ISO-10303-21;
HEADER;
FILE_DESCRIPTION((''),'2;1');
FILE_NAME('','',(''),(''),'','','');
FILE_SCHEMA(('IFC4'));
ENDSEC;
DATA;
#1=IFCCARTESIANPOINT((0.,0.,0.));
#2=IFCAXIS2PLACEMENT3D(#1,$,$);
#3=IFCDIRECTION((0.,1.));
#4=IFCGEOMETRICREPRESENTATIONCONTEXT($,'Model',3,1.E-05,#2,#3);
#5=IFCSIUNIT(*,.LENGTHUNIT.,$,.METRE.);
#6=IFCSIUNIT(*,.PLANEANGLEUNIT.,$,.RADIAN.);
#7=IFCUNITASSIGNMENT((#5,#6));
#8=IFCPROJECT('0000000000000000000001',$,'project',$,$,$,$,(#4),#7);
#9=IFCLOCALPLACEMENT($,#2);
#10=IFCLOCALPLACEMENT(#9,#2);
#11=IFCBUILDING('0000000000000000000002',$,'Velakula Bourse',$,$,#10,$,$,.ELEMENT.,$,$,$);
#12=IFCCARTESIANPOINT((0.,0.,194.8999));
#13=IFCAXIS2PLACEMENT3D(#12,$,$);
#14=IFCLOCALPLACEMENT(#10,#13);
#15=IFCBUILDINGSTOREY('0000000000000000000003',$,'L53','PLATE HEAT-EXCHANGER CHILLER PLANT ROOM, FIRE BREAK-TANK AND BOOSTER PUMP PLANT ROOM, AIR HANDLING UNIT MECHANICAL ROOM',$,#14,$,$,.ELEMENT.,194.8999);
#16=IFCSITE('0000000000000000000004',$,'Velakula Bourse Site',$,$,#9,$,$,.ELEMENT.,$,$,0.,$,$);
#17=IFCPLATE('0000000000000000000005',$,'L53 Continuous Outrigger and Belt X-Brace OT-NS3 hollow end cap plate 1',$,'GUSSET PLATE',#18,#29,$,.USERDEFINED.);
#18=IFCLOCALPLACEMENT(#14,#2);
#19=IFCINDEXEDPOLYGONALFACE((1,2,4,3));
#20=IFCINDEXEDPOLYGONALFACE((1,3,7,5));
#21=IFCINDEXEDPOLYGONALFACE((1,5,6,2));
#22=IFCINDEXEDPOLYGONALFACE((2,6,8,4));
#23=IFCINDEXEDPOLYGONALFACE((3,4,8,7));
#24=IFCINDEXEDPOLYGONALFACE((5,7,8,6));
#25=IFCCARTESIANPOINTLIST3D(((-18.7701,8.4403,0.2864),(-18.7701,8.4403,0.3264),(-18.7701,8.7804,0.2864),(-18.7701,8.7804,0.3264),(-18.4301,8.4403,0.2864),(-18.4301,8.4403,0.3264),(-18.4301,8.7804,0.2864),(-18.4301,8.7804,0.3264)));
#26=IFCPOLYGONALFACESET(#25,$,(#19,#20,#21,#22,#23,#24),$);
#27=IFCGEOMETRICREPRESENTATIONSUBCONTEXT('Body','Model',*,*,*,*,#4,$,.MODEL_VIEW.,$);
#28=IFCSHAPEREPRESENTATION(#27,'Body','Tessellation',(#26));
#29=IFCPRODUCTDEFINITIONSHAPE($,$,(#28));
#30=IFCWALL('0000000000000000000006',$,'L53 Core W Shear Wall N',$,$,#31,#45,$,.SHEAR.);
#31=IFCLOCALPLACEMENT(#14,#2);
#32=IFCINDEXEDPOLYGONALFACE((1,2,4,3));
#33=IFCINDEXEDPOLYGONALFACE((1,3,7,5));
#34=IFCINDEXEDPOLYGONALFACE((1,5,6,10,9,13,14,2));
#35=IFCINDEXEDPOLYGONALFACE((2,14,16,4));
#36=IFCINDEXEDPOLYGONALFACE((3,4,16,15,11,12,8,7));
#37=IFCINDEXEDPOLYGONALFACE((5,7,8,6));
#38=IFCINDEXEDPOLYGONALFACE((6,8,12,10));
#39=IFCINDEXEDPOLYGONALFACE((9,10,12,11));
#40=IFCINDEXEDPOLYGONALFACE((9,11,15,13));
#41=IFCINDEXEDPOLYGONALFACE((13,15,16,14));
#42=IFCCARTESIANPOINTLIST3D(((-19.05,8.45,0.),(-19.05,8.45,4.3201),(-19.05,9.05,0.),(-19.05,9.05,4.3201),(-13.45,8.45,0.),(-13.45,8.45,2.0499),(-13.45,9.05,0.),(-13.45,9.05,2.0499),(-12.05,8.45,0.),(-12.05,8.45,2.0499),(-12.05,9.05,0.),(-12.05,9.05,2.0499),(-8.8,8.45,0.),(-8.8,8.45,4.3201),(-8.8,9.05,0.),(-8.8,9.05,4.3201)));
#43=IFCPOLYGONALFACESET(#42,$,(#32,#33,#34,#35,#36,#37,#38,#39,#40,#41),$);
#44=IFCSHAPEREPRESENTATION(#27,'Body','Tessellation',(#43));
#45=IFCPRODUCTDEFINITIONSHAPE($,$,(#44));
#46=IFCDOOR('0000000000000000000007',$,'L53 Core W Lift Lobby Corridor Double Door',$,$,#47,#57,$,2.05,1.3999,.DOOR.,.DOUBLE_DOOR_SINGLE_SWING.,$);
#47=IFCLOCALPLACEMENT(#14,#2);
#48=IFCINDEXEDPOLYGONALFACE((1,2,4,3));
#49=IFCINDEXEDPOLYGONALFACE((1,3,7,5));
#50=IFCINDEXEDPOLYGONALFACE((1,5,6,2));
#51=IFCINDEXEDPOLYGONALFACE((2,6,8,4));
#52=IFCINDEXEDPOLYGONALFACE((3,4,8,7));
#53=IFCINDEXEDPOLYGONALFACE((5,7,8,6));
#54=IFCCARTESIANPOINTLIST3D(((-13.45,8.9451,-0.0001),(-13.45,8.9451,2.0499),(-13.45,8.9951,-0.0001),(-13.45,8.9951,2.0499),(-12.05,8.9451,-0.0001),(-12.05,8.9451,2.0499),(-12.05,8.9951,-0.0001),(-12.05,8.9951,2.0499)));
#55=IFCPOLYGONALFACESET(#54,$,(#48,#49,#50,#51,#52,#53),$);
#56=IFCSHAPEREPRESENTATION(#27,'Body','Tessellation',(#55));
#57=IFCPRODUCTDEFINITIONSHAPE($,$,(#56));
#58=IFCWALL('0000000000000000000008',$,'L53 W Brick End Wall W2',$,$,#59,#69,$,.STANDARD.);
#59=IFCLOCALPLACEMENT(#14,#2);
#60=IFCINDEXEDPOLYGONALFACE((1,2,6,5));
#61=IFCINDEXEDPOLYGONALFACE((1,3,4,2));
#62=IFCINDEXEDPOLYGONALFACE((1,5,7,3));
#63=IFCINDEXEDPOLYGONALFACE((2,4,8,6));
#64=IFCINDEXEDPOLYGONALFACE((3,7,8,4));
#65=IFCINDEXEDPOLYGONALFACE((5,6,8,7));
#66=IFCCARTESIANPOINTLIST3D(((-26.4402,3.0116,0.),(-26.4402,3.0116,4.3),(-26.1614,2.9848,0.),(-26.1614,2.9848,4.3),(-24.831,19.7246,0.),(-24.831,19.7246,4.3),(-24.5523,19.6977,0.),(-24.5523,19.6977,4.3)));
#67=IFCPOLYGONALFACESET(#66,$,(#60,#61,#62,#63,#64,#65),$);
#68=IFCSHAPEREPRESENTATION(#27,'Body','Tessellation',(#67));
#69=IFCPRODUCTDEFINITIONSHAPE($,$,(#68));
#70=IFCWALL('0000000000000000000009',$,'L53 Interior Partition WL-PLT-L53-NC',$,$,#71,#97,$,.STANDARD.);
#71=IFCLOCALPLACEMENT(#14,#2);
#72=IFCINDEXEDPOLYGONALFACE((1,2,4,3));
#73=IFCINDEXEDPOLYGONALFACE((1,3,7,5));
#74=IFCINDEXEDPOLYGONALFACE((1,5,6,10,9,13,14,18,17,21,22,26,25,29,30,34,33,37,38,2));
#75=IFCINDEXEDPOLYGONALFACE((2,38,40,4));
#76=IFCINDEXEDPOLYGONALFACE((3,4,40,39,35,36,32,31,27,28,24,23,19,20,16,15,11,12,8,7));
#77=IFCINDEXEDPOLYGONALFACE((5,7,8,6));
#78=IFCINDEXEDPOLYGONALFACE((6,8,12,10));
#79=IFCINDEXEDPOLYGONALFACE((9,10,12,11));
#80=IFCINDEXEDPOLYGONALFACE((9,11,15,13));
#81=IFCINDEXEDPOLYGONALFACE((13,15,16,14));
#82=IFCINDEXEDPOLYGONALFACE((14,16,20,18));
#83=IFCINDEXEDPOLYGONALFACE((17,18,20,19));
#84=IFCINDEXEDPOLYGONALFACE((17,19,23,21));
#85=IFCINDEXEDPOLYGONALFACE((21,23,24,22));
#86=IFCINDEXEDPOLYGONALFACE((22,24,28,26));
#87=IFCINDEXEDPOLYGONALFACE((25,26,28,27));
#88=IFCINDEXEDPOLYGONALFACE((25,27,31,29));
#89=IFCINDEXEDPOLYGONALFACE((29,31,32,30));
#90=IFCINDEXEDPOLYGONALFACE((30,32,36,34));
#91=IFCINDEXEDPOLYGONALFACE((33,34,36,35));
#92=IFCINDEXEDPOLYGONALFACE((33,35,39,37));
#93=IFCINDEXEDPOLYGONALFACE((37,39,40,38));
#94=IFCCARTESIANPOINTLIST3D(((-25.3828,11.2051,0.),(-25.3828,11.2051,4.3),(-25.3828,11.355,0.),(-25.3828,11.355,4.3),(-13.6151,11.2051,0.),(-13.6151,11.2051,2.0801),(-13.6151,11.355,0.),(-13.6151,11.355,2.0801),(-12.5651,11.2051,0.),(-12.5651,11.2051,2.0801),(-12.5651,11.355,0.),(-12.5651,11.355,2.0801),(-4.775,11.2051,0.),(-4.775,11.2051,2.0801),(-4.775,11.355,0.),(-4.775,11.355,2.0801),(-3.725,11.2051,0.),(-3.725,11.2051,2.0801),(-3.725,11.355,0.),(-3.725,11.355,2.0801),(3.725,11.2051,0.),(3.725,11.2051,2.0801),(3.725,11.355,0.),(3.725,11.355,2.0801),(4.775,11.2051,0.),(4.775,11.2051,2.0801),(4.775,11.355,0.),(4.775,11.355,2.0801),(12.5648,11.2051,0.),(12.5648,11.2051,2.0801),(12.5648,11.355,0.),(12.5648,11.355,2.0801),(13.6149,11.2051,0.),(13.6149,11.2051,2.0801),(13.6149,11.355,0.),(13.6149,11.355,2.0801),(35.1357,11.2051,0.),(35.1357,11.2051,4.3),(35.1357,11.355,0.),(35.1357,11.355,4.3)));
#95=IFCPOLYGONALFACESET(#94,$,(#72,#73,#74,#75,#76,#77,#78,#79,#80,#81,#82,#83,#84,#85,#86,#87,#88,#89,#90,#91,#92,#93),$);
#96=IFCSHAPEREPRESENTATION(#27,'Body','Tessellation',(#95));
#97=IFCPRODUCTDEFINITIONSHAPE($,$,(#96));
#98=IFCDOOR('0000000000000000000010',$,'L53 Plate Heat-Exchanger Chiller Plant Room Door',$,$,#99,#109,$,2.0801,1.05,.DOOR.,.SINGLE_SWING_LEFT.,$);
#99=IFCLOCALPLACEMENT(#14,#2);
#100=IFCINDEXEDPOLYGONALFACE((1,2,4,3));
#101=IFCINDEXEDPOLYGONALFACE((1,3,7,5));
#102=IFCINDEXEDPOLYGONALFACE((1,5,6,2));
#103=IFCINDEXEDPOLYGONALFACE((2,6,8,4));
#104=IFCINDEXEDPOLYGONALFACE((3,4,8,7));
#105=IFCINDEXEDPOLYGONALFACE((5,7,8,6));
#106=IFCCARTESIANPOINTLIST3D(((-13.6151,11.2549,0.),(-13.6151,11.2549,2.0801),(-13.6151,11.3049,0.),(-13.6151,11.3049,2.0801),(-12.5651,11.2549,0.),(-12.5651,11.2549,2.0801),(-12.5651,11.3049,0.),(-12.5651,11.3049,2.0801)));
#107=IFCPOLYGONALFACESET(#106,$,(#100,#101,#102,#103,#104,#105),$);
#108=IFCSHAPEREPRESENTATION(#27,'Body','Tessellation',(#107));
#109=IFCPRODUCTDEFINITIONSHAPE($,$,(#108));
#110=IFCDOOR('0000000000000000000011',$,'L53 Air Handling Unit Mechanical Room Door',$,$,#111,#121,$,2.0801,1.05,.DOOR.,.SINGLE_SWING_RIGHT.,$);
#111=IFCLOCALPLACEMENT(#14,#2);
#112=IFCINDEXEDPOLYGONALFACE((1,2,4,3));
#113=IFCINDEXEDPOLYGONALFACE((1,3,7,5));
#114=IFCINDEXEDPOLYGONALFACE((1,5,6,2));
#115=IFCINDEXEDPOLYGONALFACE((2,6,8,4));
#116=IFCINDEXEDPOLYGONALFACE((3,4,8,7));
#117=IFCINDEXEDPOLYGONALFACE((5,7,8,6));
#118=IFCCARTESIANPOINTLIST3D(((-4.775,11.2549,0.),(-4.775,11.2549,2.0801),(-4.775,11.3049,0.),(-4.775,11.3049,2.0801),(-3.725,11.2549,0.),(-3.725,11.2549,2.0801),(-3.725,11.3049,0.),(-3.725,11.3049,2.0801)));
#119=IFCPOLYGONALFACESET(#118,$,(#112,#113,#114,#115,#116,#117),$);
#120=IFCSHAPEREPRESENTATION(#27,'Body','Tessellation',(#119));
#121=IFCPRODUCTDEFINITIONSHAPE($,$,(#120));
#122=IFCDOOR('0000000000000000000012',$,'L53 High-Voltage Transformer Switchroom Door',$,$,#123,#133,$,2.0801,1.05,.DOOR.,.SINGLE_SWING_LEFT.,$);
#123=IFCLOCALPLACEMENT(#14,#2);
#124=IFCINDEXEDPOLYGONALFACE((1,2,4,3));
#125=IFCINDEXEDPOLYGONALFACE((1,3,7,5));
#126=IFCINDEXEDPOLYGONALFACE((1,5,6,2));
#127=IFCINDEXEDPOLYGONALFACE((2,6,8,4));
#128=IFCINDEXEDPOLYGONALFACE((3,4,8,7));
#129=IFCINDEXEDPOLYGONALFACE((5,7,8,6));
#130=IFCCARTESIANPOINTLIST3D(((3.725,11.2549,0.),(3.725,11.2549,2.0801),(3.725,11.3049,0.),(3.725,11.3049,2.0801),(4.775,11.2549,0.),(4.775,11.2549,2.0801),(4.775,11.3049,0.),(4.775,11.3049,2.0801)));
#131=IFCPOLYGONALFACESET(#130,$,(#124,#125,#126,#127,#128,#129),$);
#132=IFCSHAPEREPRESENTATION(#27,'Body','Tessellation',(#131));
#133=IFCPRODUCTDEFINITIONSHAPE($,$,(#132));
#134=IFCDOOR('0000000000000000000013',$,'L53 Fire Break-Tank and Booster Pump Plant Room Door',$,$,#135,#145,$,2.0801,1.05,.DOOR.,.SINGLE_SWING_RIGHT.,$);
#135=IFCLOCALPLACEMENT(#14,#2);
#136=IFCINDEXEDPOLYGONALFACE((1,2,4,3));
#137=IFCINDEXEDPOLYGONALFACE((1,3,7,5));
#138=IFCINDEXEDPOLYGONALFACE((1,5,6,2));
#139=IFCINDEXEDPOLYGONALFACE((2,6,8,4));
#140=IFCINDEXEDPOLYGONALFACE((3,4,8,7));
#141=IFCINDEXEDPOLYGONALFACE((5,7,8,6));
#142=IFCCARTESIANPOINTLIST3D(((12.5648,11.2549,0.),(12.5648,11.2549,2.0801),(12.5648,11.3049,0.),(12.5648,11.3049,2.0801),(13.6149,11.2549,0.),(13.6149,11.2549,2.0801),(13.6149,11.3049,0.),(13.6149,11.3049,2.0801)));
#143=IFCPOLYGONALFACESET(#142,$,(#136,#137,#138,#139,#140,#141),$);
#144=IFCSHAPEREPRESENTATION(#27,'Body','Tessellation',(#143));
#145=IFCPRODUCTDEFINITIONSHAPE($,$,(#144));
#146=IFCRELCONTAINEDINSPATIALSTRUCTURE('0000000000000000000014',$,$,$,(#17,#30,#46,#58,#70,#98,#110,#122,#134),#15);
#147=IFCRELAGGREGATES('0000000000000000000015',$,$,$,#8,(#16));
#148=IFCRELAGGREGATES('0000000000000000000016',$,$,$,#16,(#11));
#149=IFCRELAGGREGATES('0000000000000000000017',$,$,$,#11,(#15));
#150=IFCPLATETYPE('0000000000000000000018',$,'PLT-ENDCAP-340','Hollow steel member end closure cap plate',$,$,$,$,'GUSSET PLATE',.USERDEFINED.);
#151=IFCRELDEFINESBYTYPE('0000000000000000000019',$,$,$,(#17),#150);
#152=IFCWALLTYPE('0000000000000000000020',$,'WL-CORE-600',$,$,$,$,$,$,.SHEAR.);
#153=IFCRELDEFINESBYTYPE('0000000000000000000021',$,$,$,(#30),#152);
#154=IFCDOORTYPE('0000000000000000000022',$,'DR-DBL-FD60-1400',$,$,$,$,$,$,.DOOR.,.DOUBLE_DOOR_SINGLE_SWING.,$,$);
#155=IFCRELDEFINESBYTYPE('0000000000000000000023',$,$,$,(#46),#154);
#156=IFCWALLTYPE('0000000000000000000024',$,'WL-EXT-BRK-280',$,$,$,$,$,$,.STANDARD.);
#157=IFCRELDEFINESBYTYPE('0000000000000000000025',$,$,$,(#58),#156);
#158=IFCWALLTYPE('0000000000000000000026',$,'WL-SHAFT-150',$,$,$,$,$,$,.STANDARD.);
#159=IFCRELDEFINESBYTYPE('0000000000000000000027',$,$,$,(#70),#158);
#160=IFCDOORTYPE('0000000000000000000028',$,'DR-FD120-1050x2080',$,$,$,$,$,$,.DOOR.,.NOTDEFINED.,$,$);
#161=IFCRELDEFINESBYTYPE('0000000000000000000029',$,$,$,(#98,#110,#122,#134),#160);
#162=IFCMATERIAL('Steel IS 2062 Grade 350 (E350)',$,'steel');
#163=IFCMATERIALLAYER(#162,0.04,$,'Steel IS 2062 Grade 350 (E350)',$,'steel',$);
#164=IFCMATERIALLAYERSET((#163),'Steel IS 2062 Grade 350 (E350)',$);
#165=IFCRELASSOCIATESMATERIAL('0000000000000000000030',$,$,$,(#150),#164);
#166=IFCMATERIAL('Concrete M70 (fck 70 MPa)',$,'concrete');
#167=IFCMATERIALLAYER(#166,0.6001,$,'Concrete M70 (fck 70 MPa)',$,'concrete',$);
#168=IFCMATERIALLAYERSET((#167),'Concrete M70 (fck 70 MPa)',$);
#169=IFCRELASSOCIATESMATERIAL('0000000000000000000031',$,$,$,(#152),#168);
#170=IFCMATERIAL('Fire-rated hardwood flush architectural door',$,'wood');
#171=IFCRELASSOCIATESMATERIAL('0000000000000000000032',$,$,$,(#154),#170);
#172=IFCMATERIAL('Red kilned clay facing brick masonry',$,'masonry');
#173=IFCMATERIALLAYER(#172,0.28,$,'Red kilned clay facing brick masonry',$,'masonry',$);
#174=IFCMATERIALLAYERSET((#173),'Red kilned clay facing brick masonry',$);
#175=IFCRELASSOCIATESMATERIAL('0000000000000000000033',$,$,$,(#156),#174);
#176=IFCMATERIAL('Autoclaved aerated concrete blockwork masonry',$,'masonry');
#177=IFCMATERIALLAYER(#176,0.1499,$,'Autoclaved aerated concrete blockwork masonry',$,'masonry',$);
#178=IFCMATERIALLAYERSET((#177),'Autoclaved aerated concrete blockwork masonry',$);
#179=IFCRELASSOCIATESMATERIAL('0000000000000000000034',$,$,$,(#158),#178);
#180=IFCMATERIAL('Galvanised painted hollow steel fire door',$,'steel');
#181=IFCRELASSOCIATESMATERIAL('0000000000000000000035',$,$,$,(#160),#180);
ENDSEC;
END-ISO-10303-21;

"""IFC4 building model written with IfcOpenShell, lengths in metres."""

from ifc_helpers import new_model, si_unit, direction, frame, frame_2d, origin, origin_2d, place, context, subcontext, project, spatial, rectangle, extrude, material, layer, layer_set, type_object, element, fill, save


model = new_model("IFC4")

# Units and contexts
model_context = context("Model", 3, precision=1e-05, world=origin(), true_north=direction((0.0, 1.0)))
body_context = subcontext(model_context, "Body", "Model", "MODEL_VIEW")
ifc_project = project(units=[si_unit("LENGTHUNIT", "METRE"), si_unit("PLANEANGLEUNIT", "RADIAN")], contexts=[model_context])

# Site, building, storey
site_placement = place(None, origin())
site = spatial("IfcSite", under=ifc_project, at=site_placement, Name="Velakula Bourse Site", CompositionType="ELEMENT", RefElevation=0.0)
building_placement = place(site_placement, origin())
building = spatial("IfcBuilding", under=site, at=building_placement, Name="Velakula Bourse", CompositionType="ELEMENT")
storey_placement = place(building_placement, frame((0.0, 0.0, 194.8999)))
storey = spatial("IfcBuildingStorey", under=building, at=storey_placement, Name="L53", Description="PLATE HEAT-EXCHANGER CHILLER PLANT ROOM, FIRE BREAK-TANK AND BOOSTER PUMP PLANT ROOM, AIR HANDLING UNIT MECHANICAL ROOM", CompositionType="ELEMENT", Elevation=194.8999)

# Shared definitions
ifc_material_1 = material(Name="Concrete M70 (fck 70 MPa)", Category="concrete")
ifc_material_2 = material(Name="Steel IS 2062 Grade 350 (E350)", Category="steel")

# Plate
ifc_layer_1 = layer(ifc_material_2, 0.04, Name="Steel IS 2062 Grade 350 (E350)", Category="steel")
ifc_layer_set_1 = layer_set([ifc_layer_1], Name="Steel IS 2062 Grade 350 (E350)")
plate_type = type_object("IfcPlateType", Name="PLT-ENDCAP-340", Description="Hollow steel member end closure cap plate", ElementType="GUSSET PLATE", PredefinedType="USERDEFINED", material=ifc_layer_set_1)
plate_placement = place(storey_placement, frame((-18.6001, 8.6104, 0.2864), z_axis=(0.0, 0.0, 1.0), x_axis=(0.0, 1.0, 0.0)))
element("IfcPlate", 1, at=plate_placement, inside=storey, type_object=plate_type, Name="L53 Continuous Outrigger and Belt X-Brace OT-NS3 hollow end cap plate 1", ObjectType="GUSSET PLATE", PredefinedType="USERDEFINED", context=body_context, shape_type="SweptSolid", body=[
    extrude(rectangle(XDim=0.3401, YDim=0.3401, at=origin_2d()), origin(), (0.0, 0.0, 1.0), 0.04),
])

# Wall, opening, door
ifc_layer_2 = layer(ifc_material_1, 0.6001, Name="Concrete M70 (fck 70 MPa)", Category="concrete")
ifc_layer_set_2 = layer_set([ifc_layer_2], Name="Concrete M70 (fck 70 MPa)")
wall_type_1 = type_object("IfcWallType", Name="WL-CORE-600", PredefinedType="SHEAR", material=ifc_layer_set_2)
wall_1_placement = place(storey_placement, frame((-19.05, 8.75, 0.0), z_axis=(0.0, 0.0, 1.0), x_axis=(1.0, 0.0, 0.0)))
wall_1 = element("IfcWall", 2, at=wall_1_placement, inside=storey, type_object=wall_type_1, Name="L53 Core W Shear Wall N", PredefinedType="SHEAR", context=body_context, shape_type="SweptSolid", body=[
    extrude(rectangle(XDim=10.25, YDim=0.6001, at=frame_2d((5.125, 0.0))), origin(), (0.0, 0.0, 1.0), 4.3201),
])
opening_1_placement = place(wall_1_placement, frame((5.6001, 0.0, 0.0)))
opening_1 = element("IfcOpeningElement", 3, at=opening_1_placement, cuts=wall_1, PredefinedType="OPENING", context=body_context, shape_type="SweptSolid", body=[
    extrude(rectangle(XDim=1.3999, YDim=2.05, at=frame_2d((0.7, 1.0249))), frame((0.0, 0.3101, 0.0), z_axis=(0.0, -1.0, 0.0), x_axis=(1.0, 0.0, 0.0)), (0.0, 0.0, 1.0), 0.6201),
])
ifc_material_3 = material(Name="Fire-rated hardwood flush architectural door", Category="wood")
door_type_1 = type_object("IfcDoorType", Name="DR-DBL-FD60-1400", OperationType="DOUBLE_DOOR_SINGLE_SWING", PredefinedType="DOOR", material=ifc_material_3)
door_1_placement = place(opening_1_placement, origin())
door_1 = element("IfcDoor", 4, at=door_1_placement, inside=storey, type_object=door_type_1, Name="L53 Core W Lift Lobby Corridor Double Door", OperationType="DOUBLE_DOOR_SINGLE_SWING", OverallHeight=2.05, OverallWidth=1.3999, PredefinedType="DOOR", context=body_context, shape_type="SweptSolid", body=[
    extrude(rectangle(XDim=1.3999, YDim=2.05, at=frame_2d((0.7, 1.0249))), frame((0.0, 0.2451, 0.0), z_axis=(0.0, -1.0, 0.0), x_axis=(1.0, 0.0, 0.0)), (0.0, 0.0, 1.0), 0.05),
])
fill(opening_1, door_1)

# Wall
ifc_material_4 = material(Name="Red kilned clay facing brick masonry", Category="masonry")
ifc_layer_3 = layer(ifc_material_4, 0.28, Name="Red kilned clay facing brick masonry", Category="masonry")
ifc_layer_set_3 = layer_set([ifc_layer_3], Name="Red kilned clay facing brick masonry")
wall_type_2 = type_object("IfcWallType", Name="WL-EXT-BRK-280", PredefinedType="STANDARD", material=ifc_layer_set_3)
wall_2_placement = place(storey_placement, frame((-26.3008, 2.9983, 0.0), z_axis=(0.0, 0.0, 1.0), x_axis=(0.095838, 0.995397, 0.0)))
element("IfcWall", 5, at=wall_2_placement, inside=storey, type_object=wall_type_2, Name="L53 W Brick End Wall W2", PredefinedType="STANDARD", context=body_context, shape_type="SweptSolid", body=[
    extrude(rectangle(XDim=16.7903, YDim=0.28, at=frame_2d((8.395, 0.0))), origin(), (0.0, 0.0, 1.0), 4.3),
])

# Wall, openings, doors
ifc_material_5 = material(Name="Autoclaved aerated concrete blockwork masonry", Category="masonry")
ifc_layer_4 = layer(ifc_material_5, 0.1499, Name="Autoclaved aerated concrete blockwork masonry", Category="masonry")
ifc_layer_set_4 = layer_set([ifc_layer_4], Name="Autoclaved aerated concrete blockwork masonry")
wall_type_3 = type_object("IfcWallType", Name="WL-SHAFT-150", PredefinedType="STANDARD", material=ifc_layer_set_4)
wall_3_placement = place(storey_placement, frame((-25.3828, 11.28, 0.0), z_axis=(0.0, 0.0, 1.0), x_axis=(1.0, 0.0, 0.0)))
wall_3 = element("IfcWall", 6, at=wall_3_placement, inside=storey, type_object=wall_type_3, Name="L53 Interior Partition WL-PLT-L53-NC", PredefinedType="STANDARD", context=body_context, shape_type="SweptSolid", body=[
    extrude(rectangle(XDim=60.5186, YDim=0.1499, at=frame_2d((30.2593, 0.0))), origin(), (0.0, 0.0, 1.0), 4.3),
])
opening_2_placement = place(wall_3_placement, frame((11.7678, 0.0, 0.0)))
opening_2 = element("IfcOpeningElement", 7, at=opening_2_placement, cuts=wall_3, PredefinedType="OPENING", context=body_context, shape_type="SweptSolid", body=[
    extrude(rectangle(XDim=1.05, YDim=2.0801, at=frame_2d((0.5249, 1.04))), frame((0.0, 0.085, 0.0), z_axis=(0.0, -1.0, 0.0), x_axis=(1.0, 0.0, 0.0)), (0.0, 0.0, 1.0), 0.1699),
])
opening_3_placement = place(wall_3_placement, frame((20.6079, 0.0, 0.0)))
opening_3 = element("IfcOpeningElement", 8, at=opening_3_placement, cuts=wall_3, PredefinedType="OPENING", context=body_context, shape_type="SweptSolid", body=[
    extrude(rectangle(XDim=1.05, YDim=2.0801, at=frame_2d((0.5249, 1.04))), frame((0.0, 0.085, 0.0), z_axis=(0.0, -1.0, 0.0), x_axis=(1.0, 0.0, 0.0)), (0.0, 0.0, 1.0), 0.1699),
])
opening_4_placement = place(wall_3_placement, frame((29.1079, 0.0, 0.0)))
opening_4 = element("IfcOpeningElement", 9, at=opening_4_placement, cuts=wall_3, PredefinedType="OPENING", context=body_context, shape_type="SweptSolid", body=[
    extrude(rectangle(XDim=1.05, YDim=2.0801, at=frame_2d((0.5249, 1.04))), frame((0.0, 0.085, 0.0), z_axis=(0.0, -1.0, 0.0), x_axis=(1.0, 0.0, 0.0)), (0.0, 0.0, 1.0), 0.1699),
])
opening_5_placement = place(wall_3_placement, frame((37.9478, 0.0, 0.0)))
opening_5 = element("IfcOpeningElement", 10, at=opening_5_placement, cuts=wall_3, PredefinedType="OPENING", context=body_context, shape_type="SweptSolid", body=[
    extrude(rectangle(XDim=1.05, YDim=2.0801, at=frame_2d((0.5249, 1.04))), frame((0.0, 0.085, 0.0), z_axis=(0.0, -1.0, 0.0), x_axis=(1.0, 0.0, 0.0)), (0.0, 0.0, 1.0), 0.1699),
])
ifc_material_6 = material(Name="Galvanised painted hollow steel fire door", Category="steel")
door_type_2 = type_object("IfcDoorType", Name="DR-FD120-1050x2080", OperationType="NOTDEFINED", PredefinedType="DOOR", material=ifc_material_6)
door_2_placement = place(opening_2_placement, origin())
door_2 = element("IfcDoor", 11, at=door_2_placement, inside=storey, type_object=door_type_2, Name="L53 Plate Heat-Exchanger Chiller Plant Room Door", OperationType="SINGLE_SWING_LEFT", OverallHeight=2.0801, OverallWidth=1.05, PredefinedType="DOOR", context=body_context, shape_type="SweptSolid", body=[
    extrude(rectangle(XDim=1.05, YDim=2.0801, at=frame_2d((0.5249, 1.04))), frame((0.0, 0.0249, 0.0), z_axis=(0.0, -1.0, 0.0), x_axis=(1.0, 0.0, 0.0)), (0.0, 0.0, 1.0), 0.05),
])
fill(opening_2, door_2)
door_3_placement = place(opening_3_placement, origin())
door_3 = element("IfcDoor", 12, at=door_3_placement, inside=storey, type_object=door_type_2, Name="L53 Air Handling Unit Mechanical Room Door", OperationType="SINGLE_SWING_RIGHT", OverallHeight=2.0801, OverallWidth=1.05, PredefinedType="DOOR", context=body_context, shape_type="SweptSolid", body=[
    extrude(rectangle(XDim=1.05, YDim=2.0801, at=frame_2d((0.5249, 1.04))), frame((0.0, 0.0249, 0.0), z_axis=(0.0, -1.0, 0.0), x_axis=(1.0, 0.0, 0.0)), (0.0, 0.0, 1.0), 0.05),
])
fill(opening_3, door_3)
door_4_placement = place(opening_4_placement, origin())
door_4 = element("IfcDoor", 13, at=door_4_placement, inside=storey, type_object=door_type_2, Name="L53 High-Voltage Transformer Switchroom Door", OperationType="SINGLE_SWING_LEFT", OverallHeight=2.0801, OverallWidth=1.05, PredefinedType="DOOR", context=body_context, shape_type="SweptSolid", body=[
    extrude(rectangle(XDim=1.05, YDim=2.0801, at=frame_2d((0.5249, 1.04))), frame((0.0, 0.0249, 0.0), z_axis=(0.0, -1.0, 0.0), x_axis=(1.0, 0.0, 0.0)), (0.0, 0.0, 1.0), 0.05),
])
fill(opening_4, door_4)
door_5_placement = place(opening_5_placement, origin())
door_5 = element("IfcDoor", 14, at=door_5_placement, inside=storey, type_object=door_type_2, Name="L53 Fire Break-Tank and Booster Pump Plant Room Door", OperationType="SINGLE_SWING_RIGHT", OverallHeight=2.0801, OverallWidth=1.05, PredefinedType="DOOR", context=body_context, shape_type="SweptSolid", body=[
    extrude(rectangle(XDim=1.05, YDim=2.0801, at=frame_2d((0.5249, 1.04))), frame((0.0, 0.0249, 0.0), z_axis=(0.0, -1.0, 0.0), x_axis=(1.0, 0.0, 0.0)), (0.0, 0.0, 1.0), 0.05),
])
fill(opening_5, door_5)

save(model, "model.ifc")
